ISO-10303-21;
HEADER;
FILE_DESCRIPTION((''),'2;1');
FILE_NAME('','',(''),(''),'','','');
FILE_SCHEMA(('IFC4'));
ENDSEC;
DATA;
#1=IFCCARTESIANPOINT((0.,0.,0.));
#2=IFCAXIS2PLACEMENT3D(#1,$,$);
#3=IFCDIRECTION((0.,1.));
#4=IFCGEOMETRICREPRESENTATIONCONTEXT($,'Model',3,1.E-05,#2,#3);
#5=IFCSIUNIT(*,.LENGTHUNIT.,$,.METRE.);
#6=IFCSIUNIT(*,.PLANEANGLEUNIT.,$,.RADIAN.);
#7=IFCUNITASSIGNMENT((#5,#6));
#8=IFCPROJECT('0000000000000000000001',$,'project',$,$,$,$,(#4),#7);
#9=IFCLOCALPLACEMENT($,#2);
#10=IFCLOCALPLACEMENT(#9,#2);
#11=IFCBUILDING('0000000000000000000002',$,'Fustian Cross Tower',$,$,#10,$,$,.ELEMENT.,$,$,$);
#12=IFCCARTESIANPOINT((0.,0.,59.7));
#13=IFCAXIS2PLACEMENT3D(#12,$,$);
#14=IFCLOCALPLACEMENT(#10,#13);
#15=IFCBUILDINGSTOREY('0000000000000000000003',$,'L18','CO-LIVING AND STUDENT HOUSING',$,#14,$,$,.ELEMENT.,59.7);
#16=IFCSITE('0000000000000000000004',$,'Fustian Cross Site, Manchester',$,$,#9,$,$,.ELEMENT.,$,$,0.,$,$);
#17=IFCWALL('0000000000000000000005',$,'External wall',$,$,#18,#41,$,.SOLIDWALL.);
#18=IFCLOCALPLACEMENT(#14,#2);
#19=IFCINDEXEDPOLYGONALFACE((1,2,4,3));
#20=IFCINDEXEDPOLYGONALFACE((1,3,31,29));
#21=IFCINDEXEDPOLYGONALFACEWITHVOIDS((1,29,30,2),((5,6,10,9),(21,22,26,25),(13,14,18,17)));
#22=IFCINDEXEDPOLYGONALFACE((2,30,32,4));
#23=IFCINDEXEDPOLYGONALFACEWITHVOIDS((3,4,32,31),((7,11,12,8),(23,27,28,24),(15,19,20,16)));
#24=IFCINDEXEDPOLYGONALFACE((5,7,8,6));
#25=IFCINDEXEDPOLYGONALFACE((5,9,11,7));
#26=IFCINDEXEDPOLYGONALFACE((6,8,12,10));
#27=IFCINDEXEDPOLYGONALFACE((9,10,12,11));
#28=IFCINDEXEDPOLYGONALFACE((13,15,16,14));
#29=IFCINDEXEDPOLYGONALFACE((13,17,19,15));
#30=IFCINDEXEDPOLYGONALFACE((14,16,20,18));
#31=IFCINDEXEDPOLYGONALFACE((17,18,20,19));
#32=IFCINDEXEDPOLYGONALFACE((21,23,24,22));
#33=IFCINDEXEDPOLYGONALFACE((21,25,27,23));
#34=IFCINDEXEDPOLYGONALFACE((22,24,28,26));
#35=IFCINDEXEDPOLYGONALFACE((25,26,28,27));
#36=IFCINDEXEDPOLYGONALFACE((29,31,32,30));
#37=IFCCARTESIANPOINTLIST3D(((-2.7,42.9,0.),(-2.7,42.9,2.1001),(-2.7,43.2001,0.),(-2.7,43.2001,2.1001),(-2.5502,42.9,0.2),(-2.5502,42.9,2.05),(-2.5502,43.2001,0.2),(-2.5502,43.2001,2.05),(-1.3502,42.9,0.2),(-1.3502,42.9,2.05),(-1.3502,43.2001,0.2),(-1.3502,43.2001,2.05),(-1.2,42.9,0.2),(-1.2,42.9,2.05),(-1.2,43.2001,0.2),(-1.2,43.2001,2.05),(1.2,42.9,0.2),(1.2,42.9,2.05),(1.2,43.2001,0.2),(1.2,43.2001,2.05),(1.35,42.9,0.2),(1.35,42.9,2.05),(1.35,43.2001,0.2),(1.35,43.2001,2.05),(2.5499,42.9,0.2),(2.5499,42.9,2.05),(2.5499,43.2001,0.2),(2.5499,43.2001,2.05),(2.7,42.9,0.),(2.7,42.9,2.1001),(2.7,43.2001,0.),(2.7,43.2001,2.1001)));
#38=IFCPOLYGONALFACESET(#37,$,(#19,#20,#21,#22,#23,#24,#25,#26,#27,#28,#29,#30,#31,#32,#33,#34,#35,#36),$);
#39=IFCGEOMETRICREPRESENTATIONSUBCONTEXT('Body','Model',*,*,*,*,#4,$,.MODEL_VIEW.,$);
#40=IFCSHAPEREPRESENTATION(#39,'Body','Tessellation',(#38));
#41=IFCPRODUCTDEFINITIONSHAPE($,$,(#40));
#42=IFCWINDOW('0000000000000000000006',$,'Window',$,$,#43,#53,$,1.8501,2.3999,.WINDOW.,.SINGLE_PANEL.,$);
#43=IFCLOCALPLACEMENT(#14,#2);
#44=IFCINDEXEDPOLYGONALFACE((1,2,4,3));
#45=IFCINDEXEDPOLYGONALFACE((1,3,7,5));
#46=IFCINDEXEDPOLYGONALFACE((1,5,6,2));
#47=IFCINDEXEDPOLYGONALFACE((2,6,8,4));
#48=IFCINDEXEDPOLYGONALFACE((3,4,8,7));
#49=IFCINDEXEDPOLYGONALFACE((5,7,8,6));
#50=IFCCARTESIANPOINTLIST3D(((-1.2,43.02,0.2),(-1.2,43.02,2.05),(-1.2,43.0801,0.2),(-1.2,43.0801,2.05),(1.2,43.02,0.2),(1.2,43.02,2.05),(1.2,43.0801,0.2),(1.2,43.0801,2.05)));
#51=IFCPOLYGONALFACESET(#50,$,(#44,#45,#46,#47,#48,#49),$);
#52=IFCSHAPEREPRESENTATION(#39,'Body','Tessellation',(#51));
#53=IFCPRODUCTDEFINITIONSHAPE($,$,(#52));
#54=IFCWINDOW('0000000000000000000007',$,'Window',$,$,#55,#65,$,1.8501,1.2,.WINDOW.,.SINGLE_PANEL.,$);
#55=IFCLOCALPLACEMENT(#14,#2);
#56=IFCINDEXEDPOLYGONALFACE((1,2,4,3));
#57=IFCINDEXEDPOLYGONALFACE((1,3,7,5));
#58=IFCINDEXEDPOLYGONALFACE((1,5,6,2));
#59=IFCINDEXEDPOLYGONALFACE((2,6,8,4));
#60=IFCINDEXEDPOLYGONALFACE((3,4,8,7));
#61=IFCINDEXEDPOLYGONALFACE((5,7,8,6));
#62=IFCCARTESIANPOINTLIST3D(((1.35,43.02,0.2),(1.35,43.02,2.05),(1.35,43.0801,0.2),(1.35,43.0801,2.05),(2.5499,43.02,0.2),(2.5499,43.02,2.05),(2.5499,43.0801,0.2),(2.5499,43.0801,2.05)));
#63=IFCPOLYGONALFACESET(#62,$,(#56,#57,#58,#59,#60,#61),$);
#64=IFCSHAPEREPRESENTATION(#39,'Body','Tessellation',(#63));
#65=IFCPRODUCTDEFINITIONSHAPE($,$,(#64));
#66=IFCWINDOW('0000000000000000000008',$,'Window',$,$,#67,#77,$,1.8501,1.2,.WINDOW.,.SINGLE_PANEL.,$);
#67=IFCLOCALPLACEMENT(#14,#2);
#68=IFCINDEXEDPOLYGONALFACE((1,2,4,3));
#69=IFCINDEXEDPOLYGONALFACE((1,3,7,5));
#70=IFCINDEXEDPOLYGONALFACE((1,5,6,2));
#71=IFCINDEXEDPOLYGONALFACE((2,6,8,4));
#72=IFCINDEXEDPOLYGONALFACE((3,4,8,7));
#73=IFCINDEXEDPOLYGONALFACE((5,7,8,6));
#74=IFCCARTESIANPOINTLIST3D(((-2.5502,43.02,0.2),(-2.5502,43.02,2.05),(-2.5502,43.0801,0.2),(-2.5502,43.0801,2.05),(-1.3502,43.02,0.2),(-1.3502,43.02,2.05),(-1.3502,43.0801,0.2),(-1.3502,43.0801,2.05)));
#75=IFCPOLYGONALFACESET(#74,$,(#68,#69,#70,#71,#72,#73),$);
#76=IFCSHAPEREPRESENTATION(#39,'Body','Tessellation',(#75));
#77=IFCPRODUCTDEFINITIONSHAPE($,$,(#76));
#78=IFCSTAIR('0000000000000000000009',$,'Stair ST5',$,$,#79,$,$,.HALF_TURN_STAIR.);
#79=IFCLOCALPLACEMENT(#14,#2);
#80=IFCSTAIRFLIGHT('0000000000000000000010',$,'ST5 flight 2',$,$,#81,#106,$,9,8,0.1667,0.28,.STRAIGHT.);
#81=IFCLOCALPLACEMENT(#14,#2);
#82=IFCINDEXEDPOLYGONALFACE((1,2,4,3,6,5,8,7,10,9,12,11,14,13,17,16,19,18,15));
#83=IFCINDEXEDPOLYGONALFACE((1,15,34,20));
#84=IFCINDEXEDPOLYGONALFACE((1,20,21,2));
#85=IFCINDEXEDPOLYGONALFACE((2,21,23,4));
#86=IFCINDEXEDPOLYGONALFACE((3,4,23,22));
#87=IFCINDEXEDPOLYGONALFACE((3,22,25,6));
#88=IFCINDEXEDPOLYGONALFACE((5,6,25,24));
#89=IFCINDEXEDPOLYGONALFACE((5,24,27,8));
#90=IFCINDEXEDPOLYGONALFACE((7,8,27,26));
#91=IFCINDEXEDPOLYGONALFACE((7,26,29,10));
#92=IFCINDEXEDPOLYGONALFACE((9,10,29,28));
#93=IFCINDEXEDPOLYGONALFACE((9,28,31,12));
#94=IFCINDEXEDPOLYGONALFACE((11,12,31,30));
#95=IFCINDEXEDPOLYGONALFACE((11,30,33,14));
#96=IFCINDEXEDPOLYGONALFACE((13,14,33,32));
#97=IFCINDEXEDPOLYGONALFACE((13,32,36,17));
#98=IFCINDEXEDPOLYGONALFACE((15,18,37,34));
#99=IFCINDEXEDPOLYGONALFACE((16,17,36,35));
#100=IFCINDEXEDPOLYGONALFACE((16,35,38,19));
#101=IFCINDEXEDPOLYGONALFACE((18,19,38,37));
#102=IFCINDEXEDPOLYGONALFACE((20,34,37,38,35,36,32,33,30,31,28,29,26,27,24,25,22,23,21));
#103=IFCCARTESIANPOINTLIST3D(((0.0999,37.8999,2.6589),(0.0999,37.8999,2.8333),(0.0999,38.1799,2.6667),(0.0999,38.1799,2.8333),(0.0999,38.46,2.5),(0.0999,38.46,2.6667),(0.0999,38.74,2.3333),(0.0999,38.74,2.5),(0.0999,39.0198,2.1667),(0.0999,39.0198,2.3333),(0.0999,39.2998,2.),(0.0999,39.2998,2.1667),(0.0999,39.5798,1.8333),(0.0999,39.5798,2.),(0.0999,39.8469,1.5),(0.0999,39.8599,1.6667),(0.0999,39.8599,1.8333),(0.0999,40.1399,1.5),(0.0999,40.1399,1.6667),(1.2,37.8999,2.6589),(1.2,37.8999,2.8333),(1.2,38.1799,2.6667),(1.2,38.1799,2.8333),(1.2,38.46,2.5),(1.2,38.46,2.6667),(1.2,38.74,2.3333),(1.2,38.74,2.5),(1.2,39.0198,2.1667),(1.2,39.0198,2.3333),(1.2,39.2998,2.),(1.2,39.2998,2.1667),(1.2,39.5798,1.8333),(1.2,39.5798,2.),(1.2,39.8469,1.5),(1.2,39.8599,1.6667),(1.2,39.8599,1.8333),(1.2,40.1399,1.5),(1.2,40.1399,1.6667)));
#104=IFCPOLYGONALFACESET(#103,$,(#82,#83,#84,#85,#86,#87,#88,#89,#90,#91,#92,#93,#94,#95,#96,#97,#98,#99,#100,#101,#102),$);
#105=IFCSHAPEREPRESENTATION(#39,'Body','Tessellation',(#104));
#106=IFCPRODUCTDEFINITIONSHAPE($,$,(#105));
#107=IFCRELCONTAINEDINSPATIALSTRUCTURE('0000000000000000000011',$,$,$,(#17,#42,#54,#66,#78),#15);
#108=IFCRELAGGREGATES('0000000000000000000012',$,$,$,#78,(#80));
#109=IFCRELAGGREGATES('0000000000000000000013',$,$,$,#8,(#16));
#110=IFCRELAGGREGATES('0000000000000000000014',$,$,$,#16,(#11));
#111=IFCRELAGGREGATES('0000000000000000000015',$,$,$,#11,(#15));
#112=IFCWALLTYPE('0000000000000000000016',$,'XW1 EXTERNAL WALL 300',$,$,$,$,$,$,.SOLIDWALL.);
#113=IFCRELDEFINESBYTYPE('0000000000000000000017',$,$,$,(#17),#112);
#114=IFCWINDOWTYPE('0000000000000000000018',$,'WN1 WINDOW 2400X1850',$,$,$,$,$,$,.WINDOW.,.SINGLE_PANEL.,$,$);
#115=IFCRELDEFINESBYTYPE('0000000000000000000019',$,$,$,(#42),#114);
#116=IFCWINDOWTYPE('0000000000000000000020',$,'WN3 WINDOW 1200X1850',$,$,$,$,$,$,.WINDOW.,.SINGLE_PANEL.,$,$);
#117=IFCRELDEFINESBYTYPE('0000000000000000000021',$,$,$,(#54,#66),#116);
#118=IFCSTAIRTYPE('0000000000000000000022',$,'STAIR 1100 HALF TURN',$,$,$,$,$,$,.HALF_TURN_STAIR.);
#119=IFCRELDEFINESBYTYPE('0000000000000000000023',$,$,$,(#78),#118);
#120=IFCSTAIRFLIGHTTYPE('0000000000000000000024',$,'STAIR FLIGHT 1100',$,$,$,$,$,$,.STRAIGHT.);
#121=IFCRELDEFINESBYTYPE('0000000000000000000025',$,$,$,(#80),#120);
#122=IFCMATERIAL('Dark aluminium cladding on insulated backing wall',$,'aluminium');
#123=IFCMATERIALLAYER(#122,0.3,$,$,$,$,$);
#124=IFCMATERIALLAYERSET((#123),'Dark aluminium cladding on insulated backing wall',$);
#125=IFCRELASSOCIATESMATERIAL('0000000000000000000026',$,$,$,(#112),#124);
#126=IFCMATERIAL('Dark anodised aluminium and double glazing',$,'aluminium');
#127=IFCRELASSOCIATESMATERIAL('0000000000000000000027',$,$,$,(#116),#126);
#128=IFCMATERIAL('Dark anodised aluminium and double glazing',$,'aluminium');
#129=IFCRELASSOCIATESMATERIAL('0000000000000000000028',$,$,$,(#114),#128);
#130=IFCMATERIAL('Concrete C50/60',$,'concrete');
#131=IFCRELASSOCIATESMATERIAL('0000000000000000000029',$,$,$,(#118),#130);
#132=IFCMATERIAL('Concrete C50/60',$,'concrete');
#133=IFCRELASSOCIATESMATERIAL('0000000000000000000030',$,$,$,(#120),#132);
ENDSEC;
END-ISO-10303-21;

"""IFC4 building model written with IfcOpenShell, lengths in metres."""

from ifc_helpers import new_model, si_unit, direction, frame, frame_2d, origin, place, context, subcontext, project, spatial, polyline, rectangle, outline, extrude, material, layer, layer_set, type_object, element, fill, aggregate, save


model = new_model("IFC4")

# Units and contexts
model_context = context("Model", 3, precision=1e-05, world=origin(), true_north=direction((0.0, 1.0)))
body_context = subcontext(model_context, "Body", "Model", "MODEL_VIEW")
ifc_project = project(units=[si_unit("LENGTHUNIT", "METRE"), si_unit("PLANEANGLEUNIT", "RADIAN")], contexts=[model_context])

# Site, building, storey
site_placement = place(None, origin())
site = spatial("IfcSite", under=ifc_project, at=site_placement, Name="Fustian Cross Site, Manchester", CompositionType="ELEMENT", RefElevation=0.0)
building_placement = place(site_placement, origin())
building = spatial("IfcBuilding", under=site, at=building_placement, Name="Fustian Cross Tower", CompositionType="ELEMENT")
storey_placement = place(building_placement, frame((0.0, 0.0, 59.7)))
storey = spatial("IfcBuildingStorey", under=building, at=storey_placement, Name="L18", Description="CO-LIVING AND STUDENT HOUSING", CompositionType="ELEMENT", Elevation=59.7)

# Shared definitions
ifc_material_1 = material(Name="Dark aluminium cladding on insulated backing wall", Category="aluminium")
ifc_layer_1 = layer(ifc_material_1, 0.3)
ifc_layer_set_1 = layer_set([ifc_layer_1], Name="Dark aluminium cladding on insulated backing wall")
wall_type_1 = type_object("IfcWallType", Name="XW1 EXTERNAL WALL 300", PredefinedType="SOLIDWALL", material=ifc_layer_set_1)
ifc_material_2 = material(Name="Dark anodised aluminium and double glazing", Category="aluminium")
window_type_1 = type_object("IfcWindowType", Name="WN3 WINDOW 1200X1850", PartitioningType="SINGLE_PANEL", PredefinedType="WINDOW", material=ifc_material_2)

# Wall, openings, windows
wall_1_placement = place(storey_placement, frame((2.7, 43.05, 0.0), z_axis=(0.0, 0.0, 1.0), x_axis=(-1.0, 0.0, 0.0)))
wall_1 = element("IfcWall", 1, at=wall_1_placement, inside=storey, type_object=wall_type_1, Name="External wall", PredefinedType="SOLIDWALL", context=body_context, shape_type="SweptSolid", body=[
    extrude(rectangle(XDim=5.3999, YDim=0.3, at=frame_2d((2.7, 0.0))), origin(), (0.0, 0.0, 1.0), 2.1001),
])
opening_1_placement = place(wall_1_placement, frame((1.5, 0.0, 0.2)))
opening_1 = element("IfcOpeningElement", 2, at=opening_1_placement, cuts=wall_1, PredefinedType="OPENING", context=body_context, shape_type="SweptSolid", body=[
    extrude(rectangle(XDim=2.3999, YDim=1.8501, at=frame_2d((1.2, 0.925))), frame((0.0, 0.1599, 0.0), z_axis=(0.0, -1.0, 0.0), x_axis=(1.0, 0.0, 0.0)), (0.0, 0.0, 1.0), 0.3201),
])
opening_2_placement = place(wall_1_placement, frame((0.1499, 0.0, 0.2)))
opening_2 = element("IfcOpeningElement", 3, at=opening_2_placement, cuts=wall_1, PredefinedType="OPENING", context=body_context, shape_type="SweptSolid", body=[
    extrude(rectangle(XDim=1.2, YDim=1.8501, at=frame_2d((0.6001, 0.925))), frame((0.0, 0.1599, 0.0), z_axis=(0.0, -1.0, 0.0), x_axis=(1.0, 0.0, 0.0)), (0.0, 0.0, 1.0), 0.3201),
])
opening_3_placement = place(wall_1_placement, frame((4.05, 0.0, 0.2)))
opening_3 = element("IfcOpeningElement", 4, at=opening_3_placement, cuts=wall_1, PredefinedType="OPENING", context=body_context, shape_type="SweptSolid", body=[
    extrude(rectangle(XDim=1.2, YDim=1.8501, at=frame_2d((0.6001, 0.925))), frame((0.0, 0.1599, 0.0), z_axis=(0.0, -1.0, 0.0), x_axis=(1.0, 0.0, 0.0)), (0.0, 0.0, 1.0), 0.3201),
])
ifc_material_3 = material(Name="Dark anodised aluminium and double glazing", Category="aluminium")
window_type_2 = type_object("IfcWindowType", Name="WN1 WINDOW 2400X1850", PartitioningType="SINGLE_PANEL", PredefinedType="WINDOW", material=ifc_material_3)
window_1_placement = place(opening_1_placement, origin())
window_1 = element("IfcWindow", 5, at=window_1_placement, inside=storey, type_object=window_type_2, Name="Window", OverallHeight=1.8501, OverallWidth=2.3999, PartitioningType="SINGLE_PANEL", PredefinedType="WINDOW", context=body_context, shape_type="SweptSolid", body=[
    extrude(rectangle(XDim=2.3999, YDim=1.8501, at=frame_2d((1.2, 0.925))), frame((0.0, 0.03, 0.0), z_axis=(0.0, -1.0, 0.0), x_axis=(1.0, 0.0, 0.0)), (0.0, 0.0, 1.0), 0.0601),
])
fill(opening_1, window_1)
window_2_placement = place(opening_2_placement, origin())
window_2 = element("IfcWindow", 6, at=window_2_placement, inside=storey, type_object=window_type_1, Name="Window", OverallHeight=1.8501, OverallWidth=1.2, PartitioningType="SINGLE_PANEL", PredefinedType="WINDOW", context=body_context, shape_type="SweptSolid", body=[
    extrude(rectangle(XDim=1.2, YDim=1.8501, at=frame_2d((0.6001, 0.925))), frame((0.0, 0.03, 0.0), z_axis=(0.0, -1.0, 0.0), x_axis=(1.0, 0.0, 0.0)), (0.0, 0.0, 1.0), 0.0601),
])
fill(opening_2, window_2)
window_3_placement = place(opening_3_placement, origin())
window_3 = element("IfcWindow", 7, at=window_3_placement, inside=storey, type_object=window_type_1, Name="Window", OverallHeight=1.8501, OverallWidth=1.2, PartitioningType="SINGLE_PANEL", PredefinedType="WINDOW", context=body_context, shape_type="SweptSolid", body=[
    extrude(rectangle(XDim=1.2, YDim=1.8501, at=frame_2d((0.6001, 0.925))), frame((0.0, 0.03, 0.0), z_axis=(0.0, -1.0, 0.0), x_axis=(1.0, 0.0, 0.0)), (0.0, 0.0, 1.0), 0.0601),
])
fill(opening_3, window_3)

# Stair, stair flight
ifc_material_4 = material(Name="Concrete C50/60", Category="concrete")
stair_type = type_object("IfcStairType", Name="STAIR 1100 HALF TURN", PredefinedType="HALF_TURN_STAIR", material=ifc_material_4)
stair_placement = place(storey_placement, origin())
stair = element("IfcStair", 8, at=stair_placement, inside=storey, type_object=stair_type, Name="Stair ST5", PredefinedType="HALF_TURN_STAIR")
ifc_material_5 = material(Name="Concrete C50/60", Category="concrete")
stair_flight_type = type_object("IfcStairFlightType", Name="STAIR FLIGHT 1100", PredefinedType="STRAIGHT", material=ifc_material_5)
stair_flight_placement = place(storey_placement, frame((0.6499, 40.1399, 1.5), z_axis=(0.0, 0.0, 1.0), x_axis=(0.0, -1.0, 0.0)))
stair_flight = element("IfcStairFlight", 9, at=stair_flight_placement, type_object=stair_flight_type, Name="ST5 flight 2", NumberOfRisers=9, NumberOfTreads=8, PredefinedType="STRAIGHT", RiserHeight=0.1667, TreadLength=0.28, context=body_context, shape_type="SweptSolid", body=[
    extrude(outline(polyline([(0.0, 0.0), (0.0, 0.1667), (0.28, 0.1667), (0.28, 0.3333), (0.5601, 0.3333), (0.5601, 0.5), (0.8401, 0.5), (0.8401, 0.6667), (1.1201, 0.6667), (1.1201, 0.8333), (1.3999, 0.8333), (1.3999, 1.0), (1.6799, 1.0), (1.6799, 1.1667), (1.96, 1.1667), (1.96, 1.3333), (2.24, 1.3333), (2.24, 1.5), (2.24, 1.1589), (0.293, 0.0), (0.0, 0.0)])), frame((0.0, 0.55, 0.0), z_axis=(0.0, -1.0, 0.0), x_axis=(1.0, 0.0, 0.0)), (0.0, 0.0, 1.0), 1.1001),
])
aggregate(stair, [stair_flight])

save(model, "model.ifc")
